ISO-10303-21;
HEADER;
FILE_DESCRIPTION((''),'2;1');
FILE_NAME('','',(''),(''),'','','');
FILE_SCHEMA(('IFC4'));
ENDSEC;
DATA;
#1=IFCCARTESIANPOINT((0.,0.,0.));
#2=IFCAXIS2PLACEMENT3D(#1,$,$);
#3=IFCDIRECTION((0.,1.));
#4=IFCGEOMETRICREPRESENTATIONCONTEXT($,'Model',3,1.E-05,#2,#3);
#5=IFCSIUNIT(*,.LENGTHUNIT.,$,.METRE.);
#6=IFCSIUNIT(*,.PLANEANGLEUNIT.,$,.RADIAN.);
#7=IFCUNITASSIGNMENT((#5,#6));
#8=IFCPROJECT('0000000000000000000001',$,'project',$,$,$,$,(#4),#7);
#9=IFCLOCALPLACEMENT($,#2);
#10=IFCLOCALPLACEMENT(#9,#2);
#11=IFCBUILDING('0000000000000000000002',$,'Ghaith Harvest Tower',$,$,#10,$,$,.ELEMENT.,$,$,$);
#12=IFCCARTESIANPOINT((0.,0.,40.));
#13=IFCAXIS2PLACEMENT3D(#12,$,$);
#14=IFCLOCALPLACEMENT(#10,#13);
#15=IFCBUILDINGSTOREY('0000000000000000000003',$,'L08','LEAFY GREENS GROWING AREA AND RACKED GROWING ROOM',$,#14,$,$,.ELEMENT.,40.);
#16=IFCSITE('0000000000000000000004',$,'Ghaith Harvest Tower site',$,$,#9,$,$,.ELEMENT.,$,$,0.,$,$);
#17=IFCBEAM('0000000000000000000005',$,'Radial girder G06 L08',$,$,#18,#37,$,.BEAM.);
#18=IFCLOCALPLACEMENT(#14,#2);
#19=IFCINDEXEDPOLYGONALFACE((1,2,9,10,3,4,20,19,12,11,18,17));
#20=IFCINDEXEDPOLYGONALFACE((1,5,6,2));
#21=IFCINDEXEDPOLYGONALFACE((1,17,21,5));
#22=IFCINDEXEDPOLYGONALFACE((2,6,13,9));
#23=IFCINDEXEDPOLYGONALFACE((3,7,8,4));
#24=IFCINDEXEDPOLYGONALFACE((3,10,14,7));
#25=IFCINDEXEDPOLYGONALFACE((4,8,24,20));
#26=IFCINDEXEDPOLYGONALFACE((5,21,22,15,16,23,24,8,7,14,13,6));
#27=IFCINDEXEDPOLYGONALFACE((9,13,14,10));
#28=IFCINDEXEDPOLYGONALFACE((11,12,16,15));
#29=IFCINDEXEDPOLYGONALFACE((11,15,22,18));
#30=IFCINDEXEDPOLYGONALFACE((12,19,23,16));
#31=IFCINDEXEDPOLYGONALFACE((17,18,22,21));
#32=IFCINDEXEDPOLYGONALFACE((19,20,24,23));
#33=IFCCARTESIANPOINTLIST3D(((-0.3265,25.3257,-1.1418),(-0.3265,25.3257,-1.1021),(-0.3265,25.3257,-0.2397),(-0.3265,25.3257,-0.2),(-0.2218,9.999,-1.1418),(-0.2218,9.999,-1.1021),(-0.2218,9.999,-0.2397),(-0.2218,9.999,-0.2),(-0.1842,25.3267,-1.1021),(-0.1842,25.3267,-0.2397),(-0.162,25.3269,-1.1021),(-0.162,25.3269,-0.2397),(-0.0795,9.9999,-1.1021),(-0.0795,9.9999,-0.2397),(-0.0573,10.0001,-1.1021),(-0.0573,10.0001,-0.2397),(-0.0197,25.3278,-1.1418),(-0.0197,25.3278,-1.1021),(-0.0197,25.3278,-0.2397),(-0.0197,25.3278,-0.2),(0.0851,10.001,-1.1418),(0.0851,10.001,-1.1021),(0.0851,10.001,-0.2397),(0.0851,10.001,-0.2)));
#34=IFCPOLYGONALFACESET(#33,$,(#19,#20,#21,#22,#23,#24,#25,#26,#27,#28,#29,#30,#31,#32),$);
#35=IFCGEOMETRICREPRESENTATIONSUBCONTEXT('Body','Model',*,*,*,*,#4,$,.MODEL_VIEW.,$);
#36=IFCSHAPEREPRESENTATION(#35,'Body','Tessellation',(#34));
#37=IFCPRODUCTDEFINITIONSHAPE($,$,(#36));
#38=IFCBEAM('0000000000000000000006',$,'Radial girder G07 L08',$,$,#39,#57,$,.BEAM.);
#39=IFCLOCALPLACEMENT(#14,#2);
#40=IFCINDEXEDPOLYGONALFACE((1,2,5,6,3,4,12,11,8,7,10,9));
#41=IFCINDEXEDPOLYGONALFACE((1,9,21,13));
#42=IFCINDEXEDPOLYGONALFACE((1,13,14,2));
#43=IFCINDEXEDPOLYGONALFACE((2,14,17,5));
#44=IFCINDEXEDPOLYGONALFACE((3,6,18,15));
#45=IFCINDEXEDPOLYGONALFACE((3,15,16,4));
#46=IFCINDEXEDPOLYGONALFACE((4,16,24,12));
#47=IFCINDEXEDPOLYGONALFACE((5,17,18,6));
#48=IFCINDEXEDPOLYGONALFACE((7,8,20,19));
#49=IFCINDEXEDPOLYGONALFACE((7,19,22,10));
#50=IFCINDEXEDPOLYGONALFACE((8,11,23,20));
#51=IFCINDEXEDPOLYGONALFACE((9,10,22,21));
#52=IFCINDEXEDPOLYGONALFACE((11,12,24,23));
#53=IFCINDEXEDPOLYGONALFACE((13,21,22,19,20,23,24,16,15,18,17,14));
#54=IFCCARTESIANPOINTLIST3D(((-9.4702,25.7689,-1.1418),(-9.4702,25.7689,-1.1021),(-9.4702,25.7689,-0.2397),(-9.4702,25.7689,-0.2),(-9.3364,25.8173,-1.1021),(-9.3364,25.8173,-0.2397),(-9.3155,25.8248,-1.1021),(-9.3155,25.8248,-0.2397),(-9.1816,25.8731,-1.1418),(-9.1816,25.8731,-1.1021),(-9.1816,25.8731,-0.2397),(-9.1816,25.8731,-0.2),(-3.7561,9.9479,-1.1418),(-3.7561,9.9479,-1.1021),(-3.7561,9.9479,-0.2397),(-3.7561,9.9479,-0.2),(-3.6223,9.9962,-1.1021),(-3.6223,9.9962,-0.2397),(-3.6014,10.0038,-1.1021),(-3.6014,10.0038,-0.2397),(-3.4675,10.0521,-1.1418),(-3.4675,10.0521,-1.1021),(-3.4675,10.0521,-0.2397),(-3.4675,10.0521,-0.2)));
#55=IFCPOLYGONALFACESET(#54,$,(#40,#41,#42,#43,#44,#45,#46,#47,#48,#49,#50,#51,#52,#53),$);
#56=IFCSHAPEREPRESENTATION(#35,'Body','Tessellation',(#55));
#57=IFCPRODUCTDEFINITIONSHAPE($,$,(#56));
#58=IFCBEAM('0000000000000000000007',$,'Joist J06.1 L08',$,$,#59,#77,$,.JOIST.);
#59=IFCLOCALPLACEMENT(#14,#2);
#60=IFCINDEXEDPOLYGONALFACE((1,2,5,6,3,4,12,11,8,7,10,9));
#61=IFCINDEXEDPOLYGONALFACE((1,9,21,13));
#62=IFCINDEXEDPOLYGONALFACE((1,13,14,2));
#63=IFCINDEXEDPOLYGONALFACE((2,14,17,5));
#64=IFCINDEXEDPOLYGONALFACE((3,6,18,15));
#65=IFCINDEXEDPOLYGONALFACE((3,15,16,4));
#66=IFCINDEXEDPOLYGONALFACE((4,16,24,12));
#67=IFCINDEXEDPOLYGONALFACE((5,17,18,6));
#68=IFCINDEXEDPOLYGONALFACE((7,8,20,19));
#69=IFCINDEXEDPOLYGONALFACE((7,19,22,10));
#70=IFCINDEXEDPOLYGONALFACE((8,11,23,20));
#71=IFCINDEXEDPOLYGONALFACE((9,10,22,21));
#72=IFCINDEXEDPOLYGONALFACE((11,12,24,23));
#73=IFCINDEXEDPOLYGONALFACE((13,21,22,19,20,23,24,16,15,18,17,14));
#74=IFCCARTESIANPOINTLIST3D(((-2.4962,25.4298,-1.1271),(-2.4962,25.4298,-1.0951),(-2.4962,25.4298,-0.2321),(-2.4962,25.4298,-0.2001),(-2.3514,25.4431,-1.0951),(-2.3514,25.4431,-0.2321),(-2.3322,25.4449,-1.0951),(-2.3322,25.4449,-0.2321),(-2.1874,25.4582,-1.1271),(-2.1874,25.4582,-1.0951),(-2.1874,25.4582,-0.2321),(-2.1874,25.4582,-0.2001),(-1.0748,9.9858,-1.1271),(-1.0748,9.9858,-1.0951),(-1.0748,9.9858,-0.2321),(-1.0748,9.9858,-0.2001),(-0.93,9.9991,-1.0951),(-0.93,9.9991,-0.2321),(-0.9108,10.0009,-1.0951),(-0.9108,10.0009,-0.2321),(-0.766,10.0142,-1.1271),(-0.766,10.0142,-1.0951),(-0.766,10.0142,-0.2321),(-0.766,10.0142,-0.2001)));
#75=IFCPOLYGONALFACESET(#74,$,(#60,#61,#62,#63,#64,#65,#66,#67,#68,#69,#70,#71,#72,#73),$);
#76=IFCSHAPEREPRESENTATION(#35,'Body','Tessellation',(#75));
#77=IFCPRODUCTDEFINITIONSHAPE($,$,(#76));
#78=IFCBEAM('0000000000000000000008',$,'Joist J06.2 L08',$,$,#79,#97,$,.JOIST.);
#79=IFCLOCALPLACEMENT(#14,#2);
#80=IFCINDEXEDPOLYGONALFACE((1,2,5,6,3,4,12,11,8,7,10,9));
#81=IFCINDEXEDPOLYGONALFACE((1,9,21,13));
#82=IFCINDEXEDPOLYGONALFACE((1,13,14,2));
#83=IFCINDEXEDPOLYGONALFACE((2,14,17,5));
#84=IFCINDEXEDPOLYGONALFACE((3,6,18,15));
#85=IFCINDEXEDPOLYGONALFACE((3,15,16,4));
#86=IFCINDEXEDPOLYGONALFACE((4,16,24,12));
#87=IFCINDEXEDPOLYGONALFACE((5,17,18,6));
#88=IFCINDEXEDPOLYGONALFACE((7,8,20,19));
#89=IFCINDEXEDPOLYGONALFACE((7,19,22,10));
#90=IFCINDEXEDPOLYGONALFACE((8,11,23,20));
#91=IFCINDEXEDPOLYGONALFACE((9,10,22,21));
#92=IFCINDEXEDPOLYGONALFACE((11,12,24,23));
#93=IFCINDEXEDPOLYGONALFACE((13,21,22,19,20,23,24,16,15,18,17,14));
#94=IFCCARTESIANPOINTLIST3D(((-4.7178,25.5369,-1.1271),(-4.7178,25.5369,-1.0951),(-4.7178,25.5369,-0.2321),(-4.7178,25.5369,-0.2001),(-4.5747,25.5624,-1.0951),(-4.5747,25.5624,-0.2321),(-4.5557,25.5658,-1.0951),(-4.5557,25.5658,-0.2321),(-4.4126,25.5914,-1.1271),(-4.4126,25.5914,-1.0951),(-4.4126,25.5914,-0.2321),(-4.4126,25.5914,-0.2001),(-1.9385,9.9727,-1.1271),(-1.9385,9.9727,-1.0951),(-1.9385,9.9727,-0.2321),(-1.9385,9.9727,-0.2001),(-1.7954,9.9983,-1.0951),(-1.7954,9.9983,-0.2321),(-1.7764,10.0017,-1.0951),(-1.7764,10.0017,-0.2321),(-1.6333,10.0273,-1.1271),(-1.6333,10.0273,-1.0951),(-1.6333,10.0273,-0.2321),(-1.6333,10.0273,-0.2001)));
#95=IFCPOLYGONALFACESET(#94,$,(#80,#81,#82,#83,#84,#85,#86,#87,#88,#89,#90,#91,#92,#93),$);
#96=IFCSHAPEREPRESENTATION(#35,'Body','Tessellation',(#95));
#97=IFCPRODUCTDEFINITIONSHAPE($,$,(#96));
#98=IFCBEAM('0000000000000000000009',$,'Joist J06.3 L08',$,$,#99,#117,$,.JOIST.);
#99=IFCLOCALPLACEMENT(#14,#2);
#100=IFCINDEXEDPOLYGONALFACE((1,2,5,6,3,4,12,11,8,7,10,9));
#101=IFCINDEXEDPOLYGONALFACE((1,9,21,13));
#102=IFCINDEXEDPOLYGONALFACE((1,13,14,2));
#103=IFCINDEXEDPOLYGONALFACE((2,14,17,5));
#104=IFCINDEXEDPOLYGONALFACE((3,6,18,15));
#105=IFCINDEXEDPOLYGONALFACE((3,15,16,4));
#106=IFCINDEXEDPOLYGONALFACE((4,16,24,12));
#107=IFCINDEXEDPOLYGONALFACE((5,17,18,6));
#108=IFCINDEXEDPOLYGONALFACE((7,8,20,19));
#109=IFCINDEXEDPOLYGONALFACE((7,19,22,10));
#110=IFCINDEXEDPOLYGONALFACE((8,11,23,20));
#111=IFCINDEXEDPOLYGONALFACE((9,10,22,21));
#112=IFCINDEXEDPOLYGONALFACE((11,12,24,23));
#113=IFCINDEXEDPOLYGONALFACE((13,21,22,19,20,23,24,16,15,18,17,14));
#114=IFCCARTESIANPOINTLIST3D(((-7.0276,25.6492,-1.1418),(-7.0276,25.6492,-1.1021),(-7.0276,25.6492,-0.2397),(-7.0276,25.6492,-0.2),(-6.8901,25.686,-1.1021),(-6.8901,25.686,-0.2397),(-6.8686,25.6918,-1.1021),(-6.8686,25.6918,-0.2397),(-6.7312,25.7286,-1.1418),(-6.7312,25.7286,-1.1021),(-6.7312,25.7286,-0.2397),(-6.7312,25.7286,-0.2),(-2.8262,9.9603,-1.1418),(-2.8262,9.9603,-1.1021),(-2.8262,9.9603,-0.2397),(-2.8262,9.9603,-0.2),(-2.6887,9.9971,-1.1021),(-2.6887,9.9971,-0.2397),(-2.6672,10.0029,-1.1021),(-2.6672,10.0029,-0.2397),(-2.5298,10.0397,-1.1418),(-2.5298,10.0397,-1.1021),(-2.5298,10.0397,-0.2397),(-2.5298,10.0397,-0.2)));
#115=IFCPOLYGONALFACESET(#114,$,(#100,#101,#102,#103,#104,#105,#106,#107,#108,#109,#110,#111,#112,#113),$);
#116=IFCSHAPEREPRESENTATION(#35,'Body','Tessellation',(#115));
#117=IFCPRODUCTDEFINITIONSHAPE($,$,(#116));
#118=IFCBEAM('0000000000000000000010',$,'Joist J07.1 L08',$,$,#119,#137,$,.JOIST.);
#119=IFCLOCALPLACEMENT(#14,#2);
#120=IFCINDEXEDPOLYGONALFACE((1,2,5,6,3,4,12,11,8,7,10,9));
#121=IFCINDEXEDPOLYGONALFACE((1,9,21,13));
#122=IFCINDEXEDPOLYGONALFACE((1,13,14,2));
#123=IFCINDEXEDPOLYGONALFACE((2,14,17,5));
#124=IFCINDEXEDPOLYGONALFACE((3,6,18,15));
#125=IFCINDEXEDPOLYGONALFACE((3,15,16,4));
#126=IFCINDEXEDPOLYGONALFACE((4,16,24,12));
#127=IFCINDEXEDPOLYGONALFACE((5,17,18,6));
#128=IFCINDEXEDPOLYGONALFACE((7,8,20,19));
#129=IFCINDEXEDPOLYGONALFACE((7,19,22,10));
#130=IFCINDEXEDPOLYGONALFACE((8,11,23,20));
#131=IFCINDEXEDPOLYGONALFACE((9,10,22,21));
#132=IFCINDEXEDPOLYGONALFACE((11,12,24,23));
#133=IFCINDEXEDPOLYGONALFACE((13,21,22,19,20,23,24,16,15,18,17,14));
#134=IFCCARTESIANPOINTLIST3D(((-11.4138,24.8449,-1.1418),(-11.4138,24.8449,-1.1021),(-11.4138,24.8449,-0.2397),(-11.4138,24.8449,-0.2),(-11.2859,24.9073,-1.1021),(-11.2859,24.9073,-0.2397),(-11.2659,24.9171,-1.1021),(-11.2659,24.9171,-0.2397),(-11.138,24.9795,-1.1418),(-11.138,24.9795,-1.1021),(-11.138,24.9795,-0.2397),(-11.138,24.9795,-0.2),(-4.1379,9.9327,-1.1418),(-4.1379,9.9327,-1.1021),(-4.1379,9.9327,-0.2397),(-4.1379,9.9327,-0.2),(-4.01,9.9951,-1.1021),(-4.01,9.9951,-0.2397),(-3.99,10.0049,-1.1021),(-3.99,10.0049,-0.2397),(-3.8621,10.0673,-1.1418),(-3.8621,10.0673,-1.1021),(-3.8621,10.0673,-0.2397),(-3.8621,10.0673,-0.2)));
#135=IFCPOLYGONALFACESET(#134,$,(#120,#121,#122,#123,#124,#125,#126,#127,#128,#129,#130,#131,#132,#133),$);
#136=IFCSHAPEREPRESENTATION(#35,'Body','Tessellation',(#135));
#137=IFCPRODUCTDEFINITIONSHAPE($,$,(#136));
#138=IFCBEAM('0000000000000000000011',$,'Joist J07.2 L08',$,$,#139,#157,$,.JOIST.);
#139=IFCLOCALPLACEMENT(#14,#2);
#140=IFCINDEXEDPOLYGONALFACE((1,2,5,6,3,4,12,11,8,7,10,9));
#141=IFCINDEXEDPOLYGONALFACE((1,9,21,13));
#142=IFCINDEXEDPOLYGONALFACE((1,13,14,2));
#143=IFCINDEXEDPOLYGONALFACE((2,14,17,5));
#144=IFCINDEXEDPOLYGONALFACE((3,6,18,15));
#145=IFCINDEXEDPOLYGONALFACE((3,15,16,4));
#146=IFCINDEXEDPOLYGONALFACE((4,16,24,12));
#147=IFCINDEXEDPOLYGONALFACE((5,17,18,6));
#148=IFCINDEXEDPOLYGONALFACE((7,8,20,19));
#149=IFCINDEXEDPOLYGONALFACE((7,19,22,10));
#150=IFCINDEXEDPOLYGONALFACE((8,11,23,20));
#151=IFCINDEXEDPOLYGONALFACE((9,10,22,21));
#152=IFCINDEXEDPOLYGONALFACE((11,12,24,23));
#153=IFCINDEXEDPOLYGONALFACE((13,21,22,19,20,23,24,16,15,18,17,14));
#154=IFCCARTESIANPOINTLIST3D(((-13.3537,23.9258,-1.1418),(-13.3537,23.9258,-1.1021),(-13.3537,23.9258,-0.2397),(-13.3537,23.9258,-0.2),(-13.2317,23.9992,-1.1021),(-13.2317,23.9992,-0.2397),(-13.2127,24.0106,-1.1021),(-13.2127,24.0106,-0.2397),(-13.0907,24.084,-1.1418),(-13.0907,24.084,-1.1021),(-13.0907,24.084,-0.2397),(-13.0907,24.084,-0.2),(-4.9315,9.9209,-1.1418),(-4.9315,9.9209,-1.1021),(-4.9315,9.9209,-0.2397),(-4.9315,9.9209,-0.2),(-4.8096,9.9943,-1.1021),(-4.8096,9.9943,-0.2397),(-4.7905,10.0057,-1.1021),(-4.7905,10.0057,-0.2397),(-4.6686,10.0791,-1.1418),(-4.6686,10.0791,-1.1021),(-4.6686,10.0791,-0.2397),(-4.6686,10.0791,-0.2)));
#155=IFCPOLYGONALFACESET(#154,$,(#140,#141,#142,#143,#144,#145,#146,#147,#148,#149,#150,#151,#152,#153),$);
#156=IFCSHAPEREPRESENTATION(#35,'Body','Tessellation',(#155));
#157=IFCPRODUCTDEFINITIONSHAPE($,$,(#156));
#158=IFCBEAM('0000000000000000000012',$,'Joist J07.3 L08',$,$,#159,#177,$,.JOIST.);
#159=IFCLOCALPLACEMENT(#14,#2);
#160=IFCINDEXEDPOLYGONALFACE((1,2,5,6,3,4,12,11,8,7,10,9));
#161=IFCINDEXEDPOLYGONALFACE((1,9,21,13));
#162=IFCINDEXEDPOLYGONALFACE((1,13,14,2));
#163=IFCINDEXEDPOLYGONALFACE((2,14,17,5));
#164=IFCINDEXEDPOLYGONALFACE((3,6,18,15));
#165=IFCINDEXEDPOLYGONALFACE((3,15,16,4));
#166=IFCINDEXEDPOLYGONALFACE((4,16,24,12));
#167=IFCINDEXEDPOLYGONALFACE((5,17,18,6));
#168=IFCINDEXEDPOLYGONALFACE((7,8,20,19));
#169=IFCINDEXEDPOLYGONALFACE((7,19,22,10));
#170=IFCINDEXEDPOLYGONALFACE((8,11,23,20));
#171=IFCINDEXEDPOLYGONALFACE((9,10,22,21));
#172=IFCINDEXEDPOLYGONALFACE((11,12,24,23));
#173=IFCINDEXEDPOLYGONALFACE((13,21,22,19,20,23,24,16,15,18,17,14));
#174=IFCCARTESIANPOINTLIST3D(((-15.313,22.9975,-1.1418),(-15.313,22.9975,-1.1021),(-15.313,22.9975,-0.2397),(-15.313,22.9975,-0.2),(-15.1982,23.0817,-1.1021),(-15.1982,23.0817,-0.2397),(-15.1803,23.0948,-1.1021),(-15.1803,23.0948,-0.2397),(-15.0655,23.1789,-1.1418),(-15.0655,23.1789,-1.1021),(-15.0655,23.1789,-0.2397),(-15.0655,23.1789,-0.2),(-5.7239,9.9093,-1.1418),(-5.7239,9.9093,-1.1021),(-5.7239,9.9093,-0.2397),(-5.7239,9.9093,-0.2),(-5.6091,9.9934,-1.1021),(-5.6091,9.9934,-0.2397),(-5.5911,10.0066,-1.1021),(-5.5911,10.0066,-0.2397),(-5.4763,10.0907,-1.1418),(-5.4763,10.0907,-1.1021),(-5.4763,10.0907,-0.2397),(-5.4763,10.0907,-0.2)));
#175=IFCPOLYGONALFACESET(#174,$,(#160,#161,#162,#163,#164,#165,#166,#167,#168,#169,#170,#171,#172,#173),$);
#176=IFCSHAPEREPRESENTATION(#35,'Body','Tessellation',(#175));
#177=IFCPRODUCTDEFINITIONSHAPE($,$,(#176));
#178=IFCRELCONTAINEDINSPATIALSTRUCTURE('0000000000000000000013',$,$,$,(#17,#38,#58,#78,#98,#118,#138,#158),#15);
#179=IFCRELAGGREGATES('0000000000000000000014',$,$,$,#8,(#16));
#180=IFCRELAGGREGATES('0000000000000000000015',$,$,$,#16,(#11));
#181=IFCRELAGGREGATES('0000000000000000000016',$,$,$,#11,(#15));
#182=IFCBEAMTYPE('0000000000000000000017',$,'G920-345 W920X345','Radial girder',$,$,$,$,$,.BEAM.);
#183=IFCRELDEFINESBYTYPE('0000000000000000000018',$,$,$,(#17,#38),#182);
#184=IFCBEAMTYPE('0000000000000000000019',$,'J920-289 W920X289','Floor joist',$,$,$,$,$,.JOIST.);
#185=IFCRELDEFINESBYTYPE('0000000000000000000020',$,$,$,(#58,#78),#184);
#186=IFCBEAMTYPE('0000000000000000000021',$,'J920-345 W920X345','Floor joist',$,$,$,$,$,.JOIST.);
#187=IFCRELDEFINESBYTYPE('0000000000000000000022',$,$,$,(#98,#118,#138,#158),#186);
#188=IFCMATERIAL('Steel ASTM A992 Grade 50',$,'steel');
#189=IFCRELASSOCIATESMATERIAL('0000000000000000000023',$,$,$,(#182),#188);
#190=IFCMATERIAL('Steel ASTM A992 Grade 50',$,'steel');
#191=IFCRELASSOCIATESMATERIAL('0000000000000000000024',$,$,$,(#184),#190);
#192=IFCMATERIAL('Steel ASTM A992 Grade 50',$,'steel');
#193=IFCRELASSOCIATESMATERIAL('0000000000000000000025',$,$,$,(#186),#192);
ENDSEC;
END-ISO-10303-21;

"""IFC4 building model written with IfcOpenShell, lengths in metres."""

from ifc_helpers import new_model, si_unit, direction, frame, origin, origin_2d, place, context, subcontext, project, spatial, i_section, extrude, material, material_profile, profile_set, type_object, element, save


model = new_model("IFC4")

# Units and contexts
model_context = context("Model", 3, precision=1e-05, world=origin(), true_north=direction((0.0, 1.0)))
body_context = subcontext(model_context, "Body", "Model", "MODEL_VIEW")
ifc_project = project(units=[si_unit("LENGTHUNIT", "METRE"), si_unit("PLANEANGLEUNIT", "RADIAN")], contexts=[model_context])

# Site, building, storey
site_placement = place(None, origin())
site = spatial("IfcSite", under=ifc_project, at=site_placement, Name="Ghaith Harvest Tower site", CompositionType="ELEMENT", RefElevation=0.0)
building_placement = place(site_placement, origin())
building = spatial("IfcBuilding", under=site, at=building_placement, Name="Ghaith Harvest Tower", CompositionType="ELEMENT")
storey_placement = place(building_placement, frame((0.0, 0.0, 40.0)))
storey = spatial("IfcBuildingStorey", under=building, at=storey_placement, Name="L08", Description="LEAFY GREENS GROWING AREA AND RACKED GROWING ROOM", CompositionType="ELEMENT", Elevation=40.0)

# Beams
ifc_material_1 = material(Name="Steel ASTM A992 Grade 50", Category="steel")
ifc_material_profile_1 = material_profile(ifc_material_1, i_section(OverallWidth=0.3069, OverallDepth=0.9419, WebThickness=0.0222, FlangeThickness=0.0398, at=origin_2d()), Name="W920X345")
ifc_profile_set_1 = profile_set([ifc_material_profile_1], Name="Steel ASTM A992 Grade 50")
beam_type_1 = type_object("IfcBeamType", Name="G920-345 W920X345", Description="Radial girder", PredefinedType="BEAM", material=ifc_profile_set_1)
beam_1_placement = place(storey_placement, frame((-0.0684, 10.0, -0.6709), z_axis=(-0.006833, 0.999977, 0.0), x_axis=(-0.999977, -0.006833, 0.0)))
element("IfcBeam", 1, at=beam_1_placement, inside=storey, type_object=beam_type_1, Name="Radial girder G06 L08", PredefinedType="BEAM", context=body_context, shape_type="SweptSolid", body=[
    extrude(i_section(OverallWidth=0.3069, OverallDepth=0.9419, WebThickness=0.0222, FlangeThickness=0.0398, at=origin_2d()), origin(), (0.0, 0.0, 1.0), 15.3271),
])
beam_2_placement = place(storey_placement, frame((-3.6118, 10.0, -0.6709), z_axis=(-0.339695, 0.940536, 0.0), x_axis=(-0.940536, -0.339695, 0.0)))
element("IfcBeam", 2, at=beam_2_placement, inside=storey, type_object=beam_type_1, Name="Radial girder G07 L08", PredefinedType="BEAM", context=body_context, shape_type="SweptSolid", body=[
    extrude(i_section(OverallWidth=0.3069, OverallDepth=0.9419, WebThickness=0.0222, FlangeThickness=0.0398, at=origin_2d()), origin(), (0.0, 0.0, 1.0), 16.8213),
])
ifc_material_2 = material(Name="Steel ASTM A992 Grade 50", Category="steel")
ifc_material_profile_2 = material_profile(ifc_material_2, i_section(OverallWidth=0.3101, OverallDepth=0.927, WebThickness=0.0193, FlangeThickness=0.032, at=origin_2d()), Name="W920X289")
ifc_profile_set_2 = profile_set([ifc_material_profile_2], Name="Steel ASTM A992 Grade 50")
beam_type_2 = type_object("IfcBeamType", Name="J920-289 W920X289", Description="Floor joist", PredefinedType="JOIST", material=ifc_profile_set_2)
beam_3_placement = place(storey_placement, frame((-0.9204, 10.0, -0.6636), z_axis=(-0.091647, 0.995792, 0.0), x_axis=(-0.995792, -0.091647, 0.0)))
element("IfcBeam", 3, at=beam_3_placement, inside=storey, type_object=beam_type_2, Name="Joist J06.1 L08", PredefinedType="JOIST", context=body_context, shape_type="SweptSolid", body=[
    extrude(i_section(OverallWidth=0.3101, OverallDepth=0.927, WebThickness=0.0193, FlangeThickness=0.032, at=origin_2d()), origin(), (0.0, 0.0, 1.0), 15.5093),
])
beam_4_placement = place(storey_placement, frame((-1.7859, 10.0, -0.6636), z_axis=(-0.175789, 0.984428, 0.0), x_axis=(-0.984428, -0.175789, 0.0)))
element("IfcBeam", 4, at=beam_4_placement, inside=storey, type_object=beam_type_2, Name="Joist J06.2 L08", PredefinedType="JOIST", context=body_context, shape_type="SweptSolid", body=[
    extrude(i_section(OverallWidth=0.3101, OverallDepth=0.927, WebThickness=0.0193, FlangeThickness=0.032, at=origin_2d()), origin(), (0.0, 0.0, 1.0), 15.8103),
])
ifc_material_3 = material(Name="Steel ASTM A992 Grade 50", Category="steel")
ifc_material_profile_3 = material_profile(ifc_material_3, i_section(OverallWidth=0.3069, OverallDepth=0.9419, WebThickness=0.0222, FlangeThickness=0.0398, at=origin_2d()), Name="W920X345")
ifc_profile_set_3 = profile_set([ifc_material_profile_3], Name="Steel ASTM A992 Grade 50")
beam_type_3 = type_object("IfcBeamType", Name="J920-345 W920X345", Description="Floor joist", PredefinedType="JOIST", material=ifc_profile_set_3)
beam_5_placement = place(storey_placement, frame((-2.678, 10.0, -0.6709), z_axis=(-0.258679, 0.965963, 0.0), x_axis=(-0.965963, -0.258679, 0.0)))
element("IfcBeam", 5, at=beam_5_placement, inside=storey, type_object=beam_type_3, Name="Joist J06.3 L08", PredefinedType="JOIST", context=body_context, shape_type="SweptSolid", body=[
    extrude(i_section(OverallWidth=0.3069, OverallDepth=0.9419, WebThickness=0.0222, FlangeThickness=0.0398, at=origin_2d()), origin(), (0.0, 0.0, 1.0), 16.2417),
])
beam_6_placement = place(storey_placement, frame((-4.0, 10.0, -0.6709), z_axis=(-0.438505, 0.898729, 0.0), x_axis=(-0.898729, -0.438505, 0.0)))
element("IfcBeam", 6, at=beam_6_placement, inside=storey, type_object=beam_type_3, Name="Joist J07.1 L08", PredefinedType="JOIST", context=body_context, shape_type="SweptSolid", body=[
    extrude(i_section(OverallWidth=0.3069, OverallDepth=0.9419, WebThickness=0.0222, FlangeThickness=0.0398, at=origin_2d()), origin(), (0.0, 0.0, 1.0), 16.5925),
])
beam_7_placement = place(storey_placement, frame((-4.8, 10.0, -0.6709), z_axis=(-0.515359, 0.856974, 0.0), x_axis=(-0.856974, -0.515359, 0.0)))
element("IfcBeam", 7, at=beam_7_placement, inside=storey, type_object=beam_type_3, Name="Joist J07.2 L08", PredefinedType="JOIST", context=body_context, shape_type="SweptSolid", body=[
    extrude(i_section(OverallWidth=0.3069, OverallDepth=0.9419, WebThickness=0.0222, FlangeThickness=0.0398, at=origin_2d()), origin(), (0.0, 0.0, 1.0), 16.3423),
])
beam_8_placement = place(storey_placement, frame((-5.6001, 10.0, -0.6709), z_axis=(-0.591009, 0.806665, 0.0), x_axis=(-0.806665, -0.591009, 0.0)))
element("IfcBeam", 8, at=beam_8_placement, inside=storey, type_object=beam_type_3, Name="Joist J07.3 L08", PredefinedType="JOIST", context=body_context, shape_type="SweptSolid", body=[
    extrude(i_section(OverallWidth=0.3069, OverallDepth=0.9419, WebThickness=0.0222, FlangeThickness=0.0398, at=origin_2d()), origin(), (0.0, 0.0, 1.0), 16.2251),
])

save(model, "model.ifc")
